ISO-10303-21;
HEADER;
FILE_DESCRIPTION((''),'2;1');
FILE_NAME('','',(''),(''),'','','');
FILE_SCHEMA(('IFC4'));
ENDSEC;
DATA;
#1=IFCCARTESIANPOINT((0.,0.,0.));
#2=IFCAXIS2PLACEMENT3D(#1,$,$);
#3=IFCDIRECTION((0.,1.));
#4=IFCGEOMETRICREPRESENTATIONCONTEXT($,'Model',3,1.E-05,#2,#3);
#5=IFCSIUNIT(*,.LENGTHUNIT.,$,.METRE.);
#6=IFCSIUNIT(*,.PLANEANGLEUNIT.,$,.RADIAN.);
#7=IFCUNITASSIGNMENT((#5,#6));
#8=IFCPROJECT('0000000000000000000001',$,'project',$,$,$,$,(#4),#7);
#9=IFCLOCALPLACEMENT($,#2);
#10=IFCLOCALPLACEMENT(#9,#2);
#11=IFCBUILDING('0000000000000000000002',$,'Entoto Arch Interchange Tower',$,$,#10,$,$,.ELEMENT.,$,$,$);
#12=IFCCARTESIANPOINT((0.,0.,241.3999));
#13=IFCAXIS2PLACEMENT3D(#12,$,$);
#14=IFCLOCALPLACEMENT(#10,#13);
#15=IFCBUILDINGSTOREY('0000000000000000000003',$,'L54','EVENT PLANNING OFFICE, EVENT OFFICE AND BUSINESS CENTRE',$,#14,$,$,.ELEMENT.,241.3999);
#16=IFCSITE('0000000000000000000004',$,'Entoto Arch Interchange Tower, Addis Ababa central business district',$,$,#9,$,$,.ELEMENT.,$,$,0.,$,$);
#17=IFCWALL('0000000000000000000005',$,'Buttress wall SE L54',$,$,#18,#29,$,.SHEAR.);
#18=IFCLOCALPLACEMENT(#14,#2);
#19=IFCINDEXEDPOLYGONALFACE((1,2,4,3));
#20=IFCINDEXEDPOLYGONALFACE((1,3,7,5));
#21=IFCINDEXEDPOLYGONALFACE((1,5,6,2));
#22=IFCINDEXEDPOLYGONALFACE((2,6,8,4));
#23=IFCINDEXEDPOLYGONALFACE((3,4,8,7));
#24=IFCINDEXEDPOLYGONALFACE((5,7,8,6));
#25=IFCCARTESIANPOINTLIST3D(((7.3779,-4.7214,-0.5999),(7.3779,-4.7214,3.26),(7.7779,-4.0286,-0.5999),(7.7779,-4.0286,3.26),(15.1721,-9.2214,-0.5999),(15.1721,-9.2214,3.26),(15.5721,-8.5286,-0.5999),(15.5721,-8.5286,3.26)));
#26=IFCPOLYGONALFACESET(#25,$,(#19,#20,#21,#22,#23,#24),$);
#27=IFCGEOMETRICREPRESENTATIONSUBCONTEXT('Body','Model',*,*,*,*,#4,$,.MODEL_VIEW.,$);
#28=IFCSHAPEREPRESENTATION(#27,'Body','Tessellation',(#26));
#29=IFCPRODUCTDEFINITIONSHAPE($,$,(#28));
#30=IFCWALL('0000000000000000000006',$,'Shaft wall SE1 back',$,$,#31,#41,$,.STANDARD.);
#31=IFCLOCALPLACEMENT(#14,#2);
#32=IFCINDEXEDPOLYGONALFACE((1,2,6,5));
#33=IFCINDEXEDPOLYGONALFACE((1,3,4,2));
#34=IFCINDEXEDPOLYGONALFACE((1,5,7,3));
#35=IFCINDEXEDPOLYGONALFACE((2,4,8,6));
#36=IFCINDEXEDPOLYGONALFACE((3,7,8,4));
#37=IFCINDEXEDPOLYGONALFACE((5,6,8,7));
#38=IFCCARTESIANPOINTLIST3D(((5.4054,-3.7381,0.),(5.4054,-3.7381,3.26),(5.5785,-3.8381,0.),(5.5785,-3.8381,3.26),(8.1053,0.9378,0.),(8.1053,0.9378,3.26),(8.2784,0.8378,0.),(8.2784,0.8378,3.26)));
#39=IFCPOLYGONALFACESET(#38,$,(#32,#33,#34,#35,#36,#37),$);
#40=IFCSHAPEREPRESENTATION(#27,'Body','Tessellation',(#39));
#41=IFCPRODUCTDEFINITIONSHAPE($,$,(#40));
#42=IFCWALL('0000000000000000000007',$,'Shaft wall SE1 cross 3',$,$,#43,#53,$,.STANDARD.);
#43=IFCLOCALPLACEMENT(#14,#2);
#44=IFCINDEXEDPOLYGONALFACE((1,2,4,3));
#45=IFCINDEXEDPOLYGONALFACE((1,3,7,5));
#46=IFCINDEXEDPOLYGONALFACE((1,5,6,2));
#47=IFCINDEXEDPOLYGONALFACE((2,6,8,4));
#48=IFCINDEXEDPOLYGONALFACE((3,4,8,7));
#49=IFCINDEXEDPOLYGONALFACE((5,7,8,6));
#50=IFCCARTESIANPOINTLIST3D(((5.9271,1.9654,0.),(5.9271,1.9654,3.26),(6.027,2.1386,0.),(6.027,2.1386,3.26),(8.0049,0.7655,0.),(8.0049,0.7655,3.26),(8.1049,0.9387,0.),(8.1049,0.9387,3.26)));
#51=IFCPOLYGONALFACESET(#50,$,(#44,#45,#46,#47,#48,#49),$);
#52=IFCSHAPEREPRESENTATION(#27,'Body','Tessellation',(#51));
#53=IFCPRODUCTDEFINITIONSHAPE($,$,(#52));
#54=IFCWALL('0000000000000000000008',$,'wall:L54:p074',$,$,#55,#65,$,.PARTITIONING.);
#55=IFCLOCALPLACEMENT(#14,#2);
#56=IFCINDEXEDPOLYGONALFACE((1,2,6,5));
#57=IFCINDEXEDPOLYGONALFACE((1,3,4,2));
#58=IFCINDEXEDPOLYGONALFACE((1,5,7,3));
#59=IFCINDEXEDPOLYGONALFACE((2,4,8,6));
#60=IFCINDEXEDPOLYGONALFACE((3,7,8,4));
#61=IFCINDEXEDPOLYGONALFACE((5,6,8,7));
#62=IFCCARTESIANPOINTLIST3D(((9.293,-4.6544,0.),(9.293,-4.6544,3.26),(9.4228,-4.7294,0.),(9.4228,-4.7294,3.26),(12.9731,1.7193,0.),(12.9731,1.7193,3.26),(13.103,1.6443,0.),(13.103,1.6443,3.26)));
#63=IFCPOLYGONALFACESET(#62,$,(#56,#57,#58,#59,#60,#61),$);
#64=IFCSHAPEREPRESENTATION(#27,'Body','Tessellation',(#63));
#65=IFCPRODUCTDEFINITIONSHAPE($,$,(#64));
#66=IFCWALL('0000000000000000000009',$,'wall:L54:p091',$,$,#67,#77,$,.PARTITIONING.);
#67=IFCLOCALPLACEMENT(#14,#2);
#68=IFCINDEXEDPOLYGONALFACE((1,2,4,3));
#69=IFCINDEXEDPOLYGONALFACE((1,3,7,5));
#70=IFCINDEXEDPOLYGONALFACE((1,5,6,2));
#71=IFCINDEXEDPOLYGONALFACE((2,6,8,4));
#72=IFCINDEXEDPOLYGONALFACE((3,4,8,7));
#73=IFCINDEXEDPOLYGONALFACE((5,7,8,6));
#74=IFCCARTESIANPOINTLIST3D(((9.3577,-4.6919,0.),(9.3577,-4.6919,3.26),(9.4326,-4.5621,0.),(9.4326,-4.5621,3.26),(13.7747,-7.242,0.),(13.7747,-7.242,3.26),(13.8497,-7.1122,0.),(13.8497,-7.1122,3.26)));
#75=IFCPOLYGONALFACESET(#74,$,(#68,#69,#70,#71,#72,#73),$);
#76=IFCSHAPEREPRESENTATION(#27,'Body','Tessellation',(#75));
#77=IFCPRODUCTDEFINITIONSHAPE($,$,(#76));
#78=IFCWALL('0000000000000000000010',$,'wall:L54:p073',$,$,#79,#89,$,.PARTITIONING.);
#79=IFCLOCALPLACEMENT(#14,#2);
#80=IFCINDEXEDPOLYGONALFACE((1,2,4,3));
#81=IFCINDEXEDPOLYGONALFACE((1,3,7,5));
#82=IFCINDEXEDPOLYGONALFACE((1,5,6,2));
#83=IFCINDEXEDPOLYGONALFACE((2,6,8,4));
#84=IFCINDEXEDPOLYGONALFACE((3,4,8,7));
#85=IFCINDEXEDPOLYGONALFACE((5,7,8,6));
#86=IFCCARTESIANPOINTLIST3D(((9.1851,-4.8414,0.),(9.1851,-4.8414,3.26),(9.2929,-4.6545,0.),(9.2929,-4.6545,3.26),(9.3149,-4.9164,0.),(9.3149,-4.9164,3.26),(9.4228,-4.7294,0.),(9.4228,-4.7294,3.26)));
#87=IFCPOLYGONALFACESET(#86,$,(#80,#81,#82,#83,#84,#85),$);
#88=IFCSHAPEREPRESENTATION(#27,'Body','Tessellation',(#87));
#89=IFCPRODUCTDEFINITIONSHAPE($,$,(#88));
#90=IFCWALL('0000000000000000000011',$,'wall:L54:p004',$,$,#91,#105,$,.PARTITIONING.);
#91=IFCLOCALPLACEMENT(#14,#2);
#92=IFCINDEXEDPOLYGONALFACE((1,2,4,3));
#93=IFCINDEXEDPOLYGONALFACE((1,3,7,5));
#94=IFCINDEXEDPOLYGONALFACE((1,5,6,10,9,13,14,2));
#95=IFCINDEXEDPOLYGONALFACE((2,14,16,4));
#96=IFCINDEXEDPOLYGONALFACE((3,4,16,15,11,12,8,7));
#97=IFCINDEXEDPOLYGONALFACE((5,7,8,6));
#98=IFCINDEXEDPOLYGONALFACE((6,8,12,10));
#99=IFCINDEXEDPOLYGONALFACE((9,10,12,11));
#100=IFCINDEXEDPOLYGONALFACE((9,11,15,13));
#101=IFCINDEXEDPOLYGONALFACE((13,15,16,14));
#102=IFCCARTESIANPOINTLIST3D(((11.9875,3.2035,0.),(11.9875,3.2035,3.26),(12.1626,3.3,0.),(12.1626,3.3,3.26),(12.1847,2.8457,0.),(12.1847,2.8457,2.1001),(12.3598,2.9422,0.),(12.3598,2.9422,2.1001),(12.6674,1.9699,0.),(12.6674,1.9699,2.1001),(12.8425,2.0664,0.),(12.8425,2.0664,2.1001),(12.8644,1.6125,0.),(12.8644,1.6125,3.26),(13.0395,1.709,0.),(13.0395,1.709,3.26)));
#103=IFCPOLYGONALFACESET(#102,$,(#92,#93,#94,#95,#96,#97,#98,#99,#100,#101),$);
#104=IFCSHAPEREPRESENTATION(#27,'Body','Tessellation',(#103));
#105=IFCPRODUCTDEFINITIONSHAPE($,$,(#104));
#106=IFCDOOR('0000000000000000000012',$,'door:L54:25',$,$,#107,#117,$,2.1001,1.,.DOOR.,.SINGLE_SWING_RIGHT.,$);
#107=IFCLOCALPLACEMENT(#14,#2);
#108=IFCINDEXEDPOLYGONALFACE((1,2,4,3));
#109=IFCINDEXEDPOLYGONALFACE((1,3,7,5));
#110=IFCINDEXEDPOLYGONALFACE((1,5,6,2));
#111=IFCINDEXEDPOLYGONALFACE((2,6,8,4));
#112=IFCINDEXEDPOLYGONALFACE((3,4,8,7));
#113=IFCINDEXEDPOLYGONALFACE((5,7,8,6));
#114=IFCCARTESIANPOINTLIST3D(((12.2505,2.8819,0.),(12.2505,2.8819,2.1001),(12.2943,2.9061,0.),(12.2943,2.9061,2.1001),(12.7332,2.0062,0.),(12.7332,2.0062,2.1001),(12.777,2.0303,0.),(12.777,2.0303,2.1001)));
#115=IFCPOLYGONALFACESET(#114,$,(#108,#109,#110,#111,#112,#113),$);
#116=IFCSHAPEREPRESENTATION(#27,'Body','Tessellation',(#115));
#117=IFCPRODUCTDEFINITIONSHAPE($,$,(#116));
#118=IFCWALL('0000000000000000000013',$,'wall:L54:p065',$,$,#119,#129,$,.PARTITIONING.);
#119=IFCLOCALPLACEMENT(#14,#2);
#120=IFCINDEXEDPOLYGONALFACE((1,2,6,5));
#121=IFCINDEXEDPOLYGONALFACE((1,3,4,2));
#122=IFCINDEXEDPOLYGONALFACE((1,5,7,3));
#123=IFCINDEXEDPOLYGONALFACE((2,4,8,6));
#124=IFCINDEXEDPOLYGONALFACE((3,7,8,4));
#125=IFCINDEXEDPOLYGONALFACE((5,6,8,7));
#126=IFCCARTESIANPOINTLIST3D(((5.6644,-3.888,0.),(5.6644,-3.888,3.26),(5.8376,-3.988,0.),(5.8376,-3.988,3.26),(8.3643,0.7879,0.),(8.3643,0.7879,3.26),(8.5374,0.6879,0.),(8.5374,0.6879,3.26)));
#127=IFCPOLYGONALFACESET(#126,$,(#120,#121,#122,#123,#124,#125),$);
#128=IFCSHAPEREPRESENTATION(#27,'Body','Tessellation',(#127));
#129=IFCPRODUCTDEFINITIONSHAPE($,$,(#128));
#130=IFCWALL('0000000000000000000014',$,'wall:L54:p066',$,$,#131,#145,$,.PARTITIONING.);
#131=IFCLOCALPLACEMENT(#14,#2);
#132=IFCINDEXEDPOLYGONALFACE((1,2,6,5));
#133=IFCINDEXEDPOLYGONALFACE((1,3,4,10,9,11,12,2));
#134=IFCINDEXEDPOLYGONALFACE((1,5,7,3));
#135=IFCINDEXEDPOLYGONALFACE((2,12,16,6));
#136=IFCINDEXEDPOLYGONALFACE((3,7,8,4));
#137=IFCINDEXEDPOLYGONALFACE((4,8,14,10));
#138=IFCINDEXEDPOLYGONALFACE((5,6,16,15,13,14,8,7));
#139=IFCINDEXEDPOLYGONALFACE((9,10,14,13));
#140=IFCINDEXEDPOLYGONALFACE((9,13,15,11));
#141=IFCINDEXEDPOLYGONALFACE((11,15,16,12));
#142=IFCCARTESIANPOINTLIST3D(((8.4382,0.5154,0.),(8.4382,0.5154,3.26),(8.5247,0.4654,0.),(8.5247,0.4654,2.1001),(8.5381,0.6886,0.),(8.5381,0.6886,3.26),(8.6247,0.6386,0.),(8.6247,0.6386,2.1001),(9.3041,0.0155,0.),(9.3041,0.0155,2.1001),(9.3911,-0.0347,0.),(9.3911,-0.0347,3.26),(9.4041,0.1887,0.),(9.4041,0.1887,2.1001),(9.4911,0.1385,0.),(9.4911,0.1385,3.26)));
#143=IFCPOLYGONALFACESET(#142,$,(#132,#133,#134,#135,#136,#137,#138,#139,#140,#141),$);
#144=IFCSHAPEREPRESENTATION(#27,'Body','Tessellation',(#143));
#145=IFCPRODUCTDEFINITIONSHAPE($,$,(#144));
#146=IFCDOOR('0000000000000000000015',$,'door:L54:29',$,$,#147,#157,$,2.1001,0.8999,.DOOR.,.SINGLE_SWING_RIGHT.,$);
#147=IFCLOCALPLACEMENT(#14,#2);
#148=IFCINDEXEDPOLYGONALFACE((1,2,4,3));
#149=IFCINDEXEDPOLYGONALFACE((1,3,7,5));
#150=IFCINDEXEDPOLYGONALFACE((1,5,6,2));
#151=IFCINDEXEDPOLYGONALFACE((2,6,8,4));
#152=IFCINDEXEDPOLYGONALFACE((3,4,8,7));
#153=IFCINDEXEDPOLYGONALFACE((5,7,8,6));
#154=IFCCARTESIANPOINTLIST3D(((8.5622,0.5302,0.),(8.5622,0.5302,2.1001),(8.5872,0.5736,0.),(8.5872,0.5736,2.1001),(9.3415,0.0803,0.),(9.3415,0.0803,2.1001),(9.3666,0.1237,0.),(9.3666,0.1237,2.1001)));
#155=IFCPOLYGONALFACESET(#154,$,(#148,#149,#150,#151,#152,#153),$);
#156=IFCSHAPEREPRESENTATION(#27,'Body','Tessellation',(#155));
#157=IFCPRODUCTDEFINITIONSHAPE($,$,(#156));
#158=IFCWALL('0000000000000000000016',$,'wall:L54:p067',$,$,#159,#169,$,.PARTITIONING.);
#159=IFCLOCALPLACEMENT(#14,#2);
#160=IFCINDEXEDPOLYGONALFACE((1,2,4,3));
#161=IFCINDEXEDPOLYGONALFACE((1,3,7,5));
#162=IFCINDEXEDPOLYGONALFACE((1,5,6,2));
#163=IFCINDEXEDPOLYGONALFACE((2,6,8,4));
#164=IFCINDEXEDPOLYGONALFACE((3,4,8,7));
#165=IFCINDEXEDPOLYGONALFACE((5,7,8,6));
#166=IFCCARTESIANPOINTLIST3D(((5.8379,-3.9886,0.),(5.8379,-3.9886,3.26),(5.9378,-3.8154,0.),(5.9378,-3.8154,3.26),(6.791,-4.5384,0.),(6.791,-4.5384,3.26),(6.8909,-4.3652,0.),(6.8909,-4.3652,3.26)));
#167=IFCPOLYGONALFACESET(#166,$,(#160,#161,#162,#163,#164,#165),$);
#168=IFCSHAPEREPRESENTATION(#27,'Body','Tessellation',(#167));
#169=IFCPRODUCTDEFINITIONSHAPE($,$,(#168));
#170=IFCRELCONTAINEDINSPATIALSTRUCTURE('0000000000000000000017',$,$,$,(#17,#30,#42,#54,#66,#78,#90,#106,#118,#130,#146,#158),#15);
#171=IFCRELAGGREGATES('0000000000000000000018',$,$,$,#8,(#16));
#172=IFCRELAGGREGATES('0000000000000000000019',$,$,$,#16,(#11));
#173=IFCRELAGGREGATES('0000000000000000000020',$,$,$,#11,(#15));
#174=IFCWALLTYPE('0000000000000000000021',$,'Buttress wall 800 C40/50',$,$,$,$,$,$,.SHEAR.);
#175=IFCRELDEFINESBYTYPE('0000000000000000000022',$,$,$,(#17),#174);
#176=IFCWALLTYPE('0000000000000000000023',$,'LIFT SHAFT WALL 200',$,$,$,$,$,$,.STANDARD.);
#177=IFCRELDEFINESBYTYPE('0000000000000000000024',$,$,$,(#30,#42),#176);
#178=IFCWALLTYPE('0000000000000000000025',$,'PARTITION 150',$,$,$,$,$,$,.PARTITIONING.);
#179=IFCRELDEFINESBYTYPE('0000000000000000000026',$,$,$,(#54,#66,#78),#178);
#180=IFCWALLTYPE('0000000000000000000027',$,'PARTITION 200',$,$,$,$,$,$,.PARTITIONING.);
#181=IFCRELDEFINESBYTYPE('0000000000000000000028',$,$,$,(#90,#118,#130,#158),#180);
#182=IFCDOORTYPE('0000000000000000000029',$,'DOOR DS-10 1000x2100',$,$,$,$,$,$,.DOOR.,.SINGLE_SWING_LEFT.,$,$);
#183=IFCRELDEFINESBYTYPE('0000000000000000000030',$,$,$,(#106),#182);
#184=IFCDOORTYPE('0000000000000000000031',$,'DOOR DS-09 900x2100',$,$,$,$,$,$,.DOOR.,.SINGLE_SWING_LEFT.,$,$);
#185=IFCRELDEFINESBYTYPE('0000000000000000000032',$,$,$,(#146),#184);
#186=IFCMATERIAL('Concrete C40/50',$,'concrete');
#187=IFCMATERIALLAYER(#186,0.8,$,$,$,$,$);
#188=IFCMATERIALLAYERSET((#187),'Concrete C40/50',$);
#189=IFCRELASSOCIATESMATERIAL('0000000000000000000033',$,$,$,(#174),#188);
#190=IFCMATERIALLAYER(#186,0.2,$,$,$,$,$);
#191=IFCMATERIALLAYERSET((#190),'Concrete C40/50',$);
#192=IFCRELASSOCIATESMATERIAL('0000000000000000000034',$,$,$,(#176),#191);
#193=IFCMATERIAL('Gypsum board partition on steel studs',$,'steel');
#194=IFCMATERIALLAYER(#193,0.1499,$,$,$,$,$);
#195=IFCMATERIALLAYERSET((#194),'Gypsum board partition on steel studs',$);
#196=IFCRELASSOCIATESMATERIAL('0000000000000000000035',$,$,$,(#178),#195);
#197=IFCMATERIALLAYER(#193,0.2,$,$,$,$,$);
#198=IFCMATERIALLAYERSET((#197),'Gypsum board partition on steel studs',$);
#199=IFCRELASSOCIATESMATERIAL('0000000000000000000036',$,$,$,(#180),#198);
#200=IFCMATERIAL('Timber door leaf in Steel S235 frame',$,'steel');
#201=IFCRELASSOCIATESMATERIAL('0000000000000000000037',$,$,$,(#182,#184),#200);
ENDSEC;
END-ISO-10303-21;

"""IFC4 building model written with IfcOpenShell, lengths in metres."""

from ifc_helpers import new_model, si_unit, direction, frame, frame_2d, origin, place, context, subcontext, project, spatial, rectangle, extrude, material, layer, layer_set, type_object, element, fill, save


model = new_model("IFC4")

# Units and contexts
model_context = context("Model", 3, precision=1e-05, world=origin(), true_north=direction((0.0, 1.0)))
body_context = subcontext(model_context, "Body", "Model", "MODEL_VIEW")
ifc_project = project(units=[si_unit("LENGTHUNIT", "METRE"), si_unit("PLANEANGLEUNIT", "RADIAN")], contexts=[model_context])

# Site, building, storey
site_placement = place(None, origin())
site = spatial("IfcSite", under=ifc_project, at=site_placement, Name="Entoto Arch Interchange Tower, Addis Ababa central business district", CompositionType="ELEMENT", RefElevation=0.0)
building_placement = place(site_placement, origin())
building = spatial("IfcBuilding", under=site, at=building_placement, Name="Entoto Arch Interchange Tower", CompositionType="ELEMENT")
storey_placement = place(building_placement, frame((0.0, 0.0, 241.3999)))
storey = spatial("IfcBuildingStorey", under=building, at=storey_placement, Name="L54", Description="EVENT PLANNING OFFICE, EVENT OFFICE AND BUSINESS CENTRE", CompositionType="ELEMENT", Elevation=241.3999)

# Walls
ifc_material_1 = material(Name="Concrete C40/50", Category="concrete")
ifc_layer_1 = layer(ifc_material_1, 0.8)
ifc_layer_set_1 = layer_set([ifc_layer_1], Name="Concrete C40/50")
wall_type_1 = type_object("IfcWallType", Name="Buttress wall 800 C40/50", PredefinedType="SHEAR", material=ifc_layer_set_1)
wall_1_placement = place(storey_placement, frame((7.5779, -4.375, -0.5999), z_axis=(0.0, 0.0, 1.0), x_axis=(0.866024, -0.500002, 0.0)))
element("IfcWall", 1, at=wall_1_placement, inside=storey, type_object=wall_type_1, Name="Buttress wall SE L54", PredefinedType="SHEAR", context=body_context, shape_type="SweptSolid", body=[
    extrude(rectangle(XDim=9.0, YDim=0.8, at=frame_2d((4.5, 0.0))), origin(), (0.0, 0.0, 1.0), 3.8599),
])
ifc_layer_2 = layer(ifc_material_1, 0.2)
ifc_layer_set_2 = layer_set([ifc_layer_2], Name="Concrete C40/50")
wall_type_2 = type_object("IfcWallType", Name="LIFT SHAFT WALL 200", PredefinedType="STANDARD", material=ifc_layer_set_2)
wall_2_placement = place(storey_placement, frame((5.4919, -3.7881, 0.0), z_axis=(0.0, 0.0, 1.0), x_axis=(0.500034, 0.866006, 0.0)))
element("IfcWall", 2, at=wall_2_placement, inside=storey, type_object=wall_type_2, Name="Shaft wall SE1 back", PredefinedType="STANDARD", context=body_context, shape_type="SweptSolid", body=[
    extrude(rectangle(XDim=5.3994, YDim=0.2, at=frame_2d((2.6997, 0.0))), origin(), (0.0, 0.0, 1.0), 3.26),
])
wall_3_placement = place(storey_placement, frame((5.9771, 2.052, 0.0), z_axis=(0.0, 0.0, 1.0), x_axis=(0.865974, -0.500089, 0.0)))
element("IfcWall", 3, at=wall_3_placement, inside=storey, type_object=wall_type_2, Name="Shaft wall SE1 cross 3", PredefinedType="STANDARD", context=body_context, shape_type="SweptSolid", body=[
    extrude(rectangle(XDim=2.3994, YDim=0.2, at=frame_2d((1.1997, 0.0))), origin(), (0.0, 0.0, 1.0), 3.26),
])
ifc_material_2 = material(Name="Gypsum board partition on steel studs", Category="steel")
ifc_layer_3 = layer(ifc_material_2, 0.1499)
ifc_layer_set_3 = layer_set([ifc_layer_3], Name="Gypsum board partition on steel studs")
wall_type_3 = type_object("IfcWallType", Name="PARTITION 150", PredefinedType="PARTITIONING", material=ifc_layer_set_3)
wall_4_placement = place(storey_placement, frame((9.3579, -4.6919, 0.0), z_axis=(0.0, 0.0, 1.0), x_axis=(0.500028, 0.866009, 0.0)))
element("IfcWall", 4, at=wall_4_placement, inside=storey, type_object=wall_type_3, Name="wall:L54:p074", PredefinedType="PARTITIONING", context=body_context, shape_type="SweptSolid", body=[
    extrude(rectangle(XDim=7.3599, YDim=0.1499, at=frame_2d((3.6799, 0.0))), origin(), (0.0, 0.0, 1.0), 3.26),
])
wall_5_placement = place(storey_placement, frame((9.395, -4.627, 0.0), z_axis=(0.0, 0.0, 1.0), x_axis=(0.866034, -0.499985, 0.0)))
element("IfcWall", 5, at=wall_5_placement, inside=storey, type_object=wall_type_3, Name="wall:L54:p091", PredefinedType="PARTITIONING", context=body_context, shape_type="SweptSolid", body=[
    extrude(rectangle(XDim=5.1003, YDim=0.1499, at=frame_2d((2.5503, 0.0))), origin(), (0.0, 0.0, 1.0), 3.26),
])
wall_6_placement = place(storey_placement, frame((9.25, -4.8789, 0.0), z_axis=(0.0, 0.0, 1.0), x_axis=(0.499788, 0.866148, 0.0)))
element("IfcWall", 6, at=wall_6_placement, inside=storey, type_object=wall_type_3, Name="wall:L54:p073", PredefinedType="PARTITIONING", context=body_context, shape_type="SweptSolid", body=[
    extrude(rectangle(XDim=0.2158, YDim=0.1499, at=frame_2d((0.1079, 0.0))), origin(), (0.0, 0.0, 1.0), 3.26),
])

# Wall, opening, door
ifc_layer_4 = layer(ifc_material_2, 0.2)
ifc_layer_set_4 = layer_set([ifc_layer_4], Name="Gypsum board partition on steel studs")
wall_type_4 = type_object("IfcWallType", Name="PARTITION 200", PredefinedType="PARTITIONING", material=ifc_layer_set_4)
wall_7_placement = place(storey_placement, frame((12.9519, 1.6609, 0.0), z_axis=(0.0, 0.0, 1.0), x_axis=(-0.482708, 0.875781, 0.0)))
wall_7 = element("IfcWall", 7, at=wall_7_placement, inside=storey, type_object=wall_type_4, Name="wall:L54:p004", PredefinedType="PARTITIONING", context=body_context, shape_type="SweptSolid", body=[
    extrude(rectangle(XDim=1.8167, YDim=0.2, at=frame_2d((0.9082, 0.0))), origin(), (0.0, 0.0, 1.0), 3.26),
])
opening_1_placement = place(wall_7_placement, frame((0.408, 0.0, 0.0)))
opening_1 = element("IfcOpeningElement", 8, at=opening_1_placement, cuts=wall_7, PredefinedType="OPENING", context=body_context, shape_type="SweptSolid", body=[
    extrude(rectangle(XDim=1.0, YDim=2.1001, at=frame_2d((0.5, 1.05))), frame((0.0, 0.1099, 0.0), z_axis=(0.0, -1.0, 0.0), x_axis=(1.0, 0.0, 0.0)), (0.0, 0.0, 1.0), 0.22),
])
ifc_material_3 = material(Name="Timber door leaf in Steel S235 frame", Category="steel")
door_type_1 = type_object("IfcDoorType", Name="DOOR DS-10 1000x2100", OperationType="SINGLE_SWING_LEFT", PredefinedType="DOOR", material=ifc_material_3)
door_1_placement = place(opening_1_placement, origin())
door_1 = element("IfcDoor", 9, at=door_1_placement, inside=storey, type_object=door_type_1, Name="door:L54:25", OperationType="SINGLE_SWING_RIGHT", OverallHeight=2.1001, OverallWidth=1.0, PredefinedType="DOOR", context=body_context, shape_type="SweptSolid", body=[
    extrude(rectangle(XDim=1.0, YDim=2.1001, at=frame_2d((0.5, 1.05))), frame((0.0, 0.0249, 0.0), z_axis=(0.0, -1.0, 0.0), x_axis=(1.0, 0.0, 0.0)), (0.0, 0.0, 1.0), 0.05),
])
fill(opening_1, door_1)

# Wall
wall_8_placement = place(storey_placement, frame((5.751, -3.938, 0.0), z_axis=(0.0, 0.0, 1.0), x_axis=(0.500034, 0.866006, 0.0)))
element("IfcWall", 10, at=wall_8_placement, inside=storey, type_object=wall_type_4, Name="wall:L54:p065", PredefinedType="PARTITIONING", context=body_context, shape_type="SweptSolid", body=[
    extrude(rectangle(XDim=5.3994, YDim=0.2, at=frame_2d((2.6997, 0.0))), origin(), (0.0, 0.0, 1.0), 3.26),
])

# Wall, opening, door
wall_9_placement = place(storey_placement, frame((8.488, 0.6021, 0.0), z_axis=(0.0, 0.0, 1.0), x_axis=(0.866064, -0.499934, 0.0)))
wall_9 = element("IfcWall", 11, at=wall_9_placement, inside=storey, type_object=wall_type_4, Name="wall:L54:p066", PredefinedType="PARTITIONING", context=body_context, shape_type="SweptSolid", body=[
    extrude(rectangle(XDim=1.1003, YDim=0.2, at=frame_2d((0.5503, 0.0))), origin(), (0.0, 0.0, 1.0), 3.26),
])
opening_2_placement = place(wall_9_placement, frame((0.1001, 0.0, 0.0)))
opening_2 = element("IfcOpeningElement", 12, at=opening_2_placement, cuts=wall_9, PredefinedType="OPENING", context=body_context, shape_type="SweptSolid", body=[
    extrude(rectangle(XDim=0.8999, YDim=2.1001, at=frame_2d((0.45, 1.05))), frame((0.0, 0.1099, 0.0), z_axis=(0.0, -1.0, 0.0), x_axis=(1.0, 0.0, 0.0)), (0.0, 0.0, 1.0), 0.22),
])
door_type_2 = type_object("IfcDoorType", Name="DOOR DS-09 900x2100", OperationType="SINGLE_SWING_LEFT", PredefinedType="DOOR", material=ifc_material_3)
door_2_placement = place(opening_2_placement, origin())
door_2 = element("IfcDoor", 13, at=door_2_placement, inside=storey, type_object=door_type_2, Name="door:L54:29", OperationType="SINGLE_SWING_RIGHT", OverallHeight=2.1001, OverallWidth=0.8999, PredefinedType="DOOR", context=body_context, shape_type="SweptSolid", body=[
    extrude(rectangle(XDim=0.8999, YDim=2.1001, at=frame_2d((0.45, 1.05))), frame((0.0, 0.0249, 0.0), z_axis=(0.0, -1.0, 0.0), x_axis=(1.0, 0.0, 0.0)), (0.0, 0.0, 1.0), 0.05),
])
fill(opening_2, door_2)

# Wall
wall_10_placement = place(storey_placement, frame((6.8411, -4.4519, 0.0), z_axis=(0.0, 0.0, 1.0), x_axis=(-0.866215, 0.499671, 0.0)))
element("IfcWall", 14, at=wall_10_placement, inside=storey, type_object=wall_type_4, Name="wall:L54:p067", PredefinedType="PARTITIONING", context=body_context, shape_type="SweptSolid", body=[
    extrude(rectangle(XDim=1.1003, YDim=0.2, at=frame_2d((0.5503, 0.0))), origin(), (0.0, 0.0, 1.0), 3.26),
])

save(model, "model.ifc")
